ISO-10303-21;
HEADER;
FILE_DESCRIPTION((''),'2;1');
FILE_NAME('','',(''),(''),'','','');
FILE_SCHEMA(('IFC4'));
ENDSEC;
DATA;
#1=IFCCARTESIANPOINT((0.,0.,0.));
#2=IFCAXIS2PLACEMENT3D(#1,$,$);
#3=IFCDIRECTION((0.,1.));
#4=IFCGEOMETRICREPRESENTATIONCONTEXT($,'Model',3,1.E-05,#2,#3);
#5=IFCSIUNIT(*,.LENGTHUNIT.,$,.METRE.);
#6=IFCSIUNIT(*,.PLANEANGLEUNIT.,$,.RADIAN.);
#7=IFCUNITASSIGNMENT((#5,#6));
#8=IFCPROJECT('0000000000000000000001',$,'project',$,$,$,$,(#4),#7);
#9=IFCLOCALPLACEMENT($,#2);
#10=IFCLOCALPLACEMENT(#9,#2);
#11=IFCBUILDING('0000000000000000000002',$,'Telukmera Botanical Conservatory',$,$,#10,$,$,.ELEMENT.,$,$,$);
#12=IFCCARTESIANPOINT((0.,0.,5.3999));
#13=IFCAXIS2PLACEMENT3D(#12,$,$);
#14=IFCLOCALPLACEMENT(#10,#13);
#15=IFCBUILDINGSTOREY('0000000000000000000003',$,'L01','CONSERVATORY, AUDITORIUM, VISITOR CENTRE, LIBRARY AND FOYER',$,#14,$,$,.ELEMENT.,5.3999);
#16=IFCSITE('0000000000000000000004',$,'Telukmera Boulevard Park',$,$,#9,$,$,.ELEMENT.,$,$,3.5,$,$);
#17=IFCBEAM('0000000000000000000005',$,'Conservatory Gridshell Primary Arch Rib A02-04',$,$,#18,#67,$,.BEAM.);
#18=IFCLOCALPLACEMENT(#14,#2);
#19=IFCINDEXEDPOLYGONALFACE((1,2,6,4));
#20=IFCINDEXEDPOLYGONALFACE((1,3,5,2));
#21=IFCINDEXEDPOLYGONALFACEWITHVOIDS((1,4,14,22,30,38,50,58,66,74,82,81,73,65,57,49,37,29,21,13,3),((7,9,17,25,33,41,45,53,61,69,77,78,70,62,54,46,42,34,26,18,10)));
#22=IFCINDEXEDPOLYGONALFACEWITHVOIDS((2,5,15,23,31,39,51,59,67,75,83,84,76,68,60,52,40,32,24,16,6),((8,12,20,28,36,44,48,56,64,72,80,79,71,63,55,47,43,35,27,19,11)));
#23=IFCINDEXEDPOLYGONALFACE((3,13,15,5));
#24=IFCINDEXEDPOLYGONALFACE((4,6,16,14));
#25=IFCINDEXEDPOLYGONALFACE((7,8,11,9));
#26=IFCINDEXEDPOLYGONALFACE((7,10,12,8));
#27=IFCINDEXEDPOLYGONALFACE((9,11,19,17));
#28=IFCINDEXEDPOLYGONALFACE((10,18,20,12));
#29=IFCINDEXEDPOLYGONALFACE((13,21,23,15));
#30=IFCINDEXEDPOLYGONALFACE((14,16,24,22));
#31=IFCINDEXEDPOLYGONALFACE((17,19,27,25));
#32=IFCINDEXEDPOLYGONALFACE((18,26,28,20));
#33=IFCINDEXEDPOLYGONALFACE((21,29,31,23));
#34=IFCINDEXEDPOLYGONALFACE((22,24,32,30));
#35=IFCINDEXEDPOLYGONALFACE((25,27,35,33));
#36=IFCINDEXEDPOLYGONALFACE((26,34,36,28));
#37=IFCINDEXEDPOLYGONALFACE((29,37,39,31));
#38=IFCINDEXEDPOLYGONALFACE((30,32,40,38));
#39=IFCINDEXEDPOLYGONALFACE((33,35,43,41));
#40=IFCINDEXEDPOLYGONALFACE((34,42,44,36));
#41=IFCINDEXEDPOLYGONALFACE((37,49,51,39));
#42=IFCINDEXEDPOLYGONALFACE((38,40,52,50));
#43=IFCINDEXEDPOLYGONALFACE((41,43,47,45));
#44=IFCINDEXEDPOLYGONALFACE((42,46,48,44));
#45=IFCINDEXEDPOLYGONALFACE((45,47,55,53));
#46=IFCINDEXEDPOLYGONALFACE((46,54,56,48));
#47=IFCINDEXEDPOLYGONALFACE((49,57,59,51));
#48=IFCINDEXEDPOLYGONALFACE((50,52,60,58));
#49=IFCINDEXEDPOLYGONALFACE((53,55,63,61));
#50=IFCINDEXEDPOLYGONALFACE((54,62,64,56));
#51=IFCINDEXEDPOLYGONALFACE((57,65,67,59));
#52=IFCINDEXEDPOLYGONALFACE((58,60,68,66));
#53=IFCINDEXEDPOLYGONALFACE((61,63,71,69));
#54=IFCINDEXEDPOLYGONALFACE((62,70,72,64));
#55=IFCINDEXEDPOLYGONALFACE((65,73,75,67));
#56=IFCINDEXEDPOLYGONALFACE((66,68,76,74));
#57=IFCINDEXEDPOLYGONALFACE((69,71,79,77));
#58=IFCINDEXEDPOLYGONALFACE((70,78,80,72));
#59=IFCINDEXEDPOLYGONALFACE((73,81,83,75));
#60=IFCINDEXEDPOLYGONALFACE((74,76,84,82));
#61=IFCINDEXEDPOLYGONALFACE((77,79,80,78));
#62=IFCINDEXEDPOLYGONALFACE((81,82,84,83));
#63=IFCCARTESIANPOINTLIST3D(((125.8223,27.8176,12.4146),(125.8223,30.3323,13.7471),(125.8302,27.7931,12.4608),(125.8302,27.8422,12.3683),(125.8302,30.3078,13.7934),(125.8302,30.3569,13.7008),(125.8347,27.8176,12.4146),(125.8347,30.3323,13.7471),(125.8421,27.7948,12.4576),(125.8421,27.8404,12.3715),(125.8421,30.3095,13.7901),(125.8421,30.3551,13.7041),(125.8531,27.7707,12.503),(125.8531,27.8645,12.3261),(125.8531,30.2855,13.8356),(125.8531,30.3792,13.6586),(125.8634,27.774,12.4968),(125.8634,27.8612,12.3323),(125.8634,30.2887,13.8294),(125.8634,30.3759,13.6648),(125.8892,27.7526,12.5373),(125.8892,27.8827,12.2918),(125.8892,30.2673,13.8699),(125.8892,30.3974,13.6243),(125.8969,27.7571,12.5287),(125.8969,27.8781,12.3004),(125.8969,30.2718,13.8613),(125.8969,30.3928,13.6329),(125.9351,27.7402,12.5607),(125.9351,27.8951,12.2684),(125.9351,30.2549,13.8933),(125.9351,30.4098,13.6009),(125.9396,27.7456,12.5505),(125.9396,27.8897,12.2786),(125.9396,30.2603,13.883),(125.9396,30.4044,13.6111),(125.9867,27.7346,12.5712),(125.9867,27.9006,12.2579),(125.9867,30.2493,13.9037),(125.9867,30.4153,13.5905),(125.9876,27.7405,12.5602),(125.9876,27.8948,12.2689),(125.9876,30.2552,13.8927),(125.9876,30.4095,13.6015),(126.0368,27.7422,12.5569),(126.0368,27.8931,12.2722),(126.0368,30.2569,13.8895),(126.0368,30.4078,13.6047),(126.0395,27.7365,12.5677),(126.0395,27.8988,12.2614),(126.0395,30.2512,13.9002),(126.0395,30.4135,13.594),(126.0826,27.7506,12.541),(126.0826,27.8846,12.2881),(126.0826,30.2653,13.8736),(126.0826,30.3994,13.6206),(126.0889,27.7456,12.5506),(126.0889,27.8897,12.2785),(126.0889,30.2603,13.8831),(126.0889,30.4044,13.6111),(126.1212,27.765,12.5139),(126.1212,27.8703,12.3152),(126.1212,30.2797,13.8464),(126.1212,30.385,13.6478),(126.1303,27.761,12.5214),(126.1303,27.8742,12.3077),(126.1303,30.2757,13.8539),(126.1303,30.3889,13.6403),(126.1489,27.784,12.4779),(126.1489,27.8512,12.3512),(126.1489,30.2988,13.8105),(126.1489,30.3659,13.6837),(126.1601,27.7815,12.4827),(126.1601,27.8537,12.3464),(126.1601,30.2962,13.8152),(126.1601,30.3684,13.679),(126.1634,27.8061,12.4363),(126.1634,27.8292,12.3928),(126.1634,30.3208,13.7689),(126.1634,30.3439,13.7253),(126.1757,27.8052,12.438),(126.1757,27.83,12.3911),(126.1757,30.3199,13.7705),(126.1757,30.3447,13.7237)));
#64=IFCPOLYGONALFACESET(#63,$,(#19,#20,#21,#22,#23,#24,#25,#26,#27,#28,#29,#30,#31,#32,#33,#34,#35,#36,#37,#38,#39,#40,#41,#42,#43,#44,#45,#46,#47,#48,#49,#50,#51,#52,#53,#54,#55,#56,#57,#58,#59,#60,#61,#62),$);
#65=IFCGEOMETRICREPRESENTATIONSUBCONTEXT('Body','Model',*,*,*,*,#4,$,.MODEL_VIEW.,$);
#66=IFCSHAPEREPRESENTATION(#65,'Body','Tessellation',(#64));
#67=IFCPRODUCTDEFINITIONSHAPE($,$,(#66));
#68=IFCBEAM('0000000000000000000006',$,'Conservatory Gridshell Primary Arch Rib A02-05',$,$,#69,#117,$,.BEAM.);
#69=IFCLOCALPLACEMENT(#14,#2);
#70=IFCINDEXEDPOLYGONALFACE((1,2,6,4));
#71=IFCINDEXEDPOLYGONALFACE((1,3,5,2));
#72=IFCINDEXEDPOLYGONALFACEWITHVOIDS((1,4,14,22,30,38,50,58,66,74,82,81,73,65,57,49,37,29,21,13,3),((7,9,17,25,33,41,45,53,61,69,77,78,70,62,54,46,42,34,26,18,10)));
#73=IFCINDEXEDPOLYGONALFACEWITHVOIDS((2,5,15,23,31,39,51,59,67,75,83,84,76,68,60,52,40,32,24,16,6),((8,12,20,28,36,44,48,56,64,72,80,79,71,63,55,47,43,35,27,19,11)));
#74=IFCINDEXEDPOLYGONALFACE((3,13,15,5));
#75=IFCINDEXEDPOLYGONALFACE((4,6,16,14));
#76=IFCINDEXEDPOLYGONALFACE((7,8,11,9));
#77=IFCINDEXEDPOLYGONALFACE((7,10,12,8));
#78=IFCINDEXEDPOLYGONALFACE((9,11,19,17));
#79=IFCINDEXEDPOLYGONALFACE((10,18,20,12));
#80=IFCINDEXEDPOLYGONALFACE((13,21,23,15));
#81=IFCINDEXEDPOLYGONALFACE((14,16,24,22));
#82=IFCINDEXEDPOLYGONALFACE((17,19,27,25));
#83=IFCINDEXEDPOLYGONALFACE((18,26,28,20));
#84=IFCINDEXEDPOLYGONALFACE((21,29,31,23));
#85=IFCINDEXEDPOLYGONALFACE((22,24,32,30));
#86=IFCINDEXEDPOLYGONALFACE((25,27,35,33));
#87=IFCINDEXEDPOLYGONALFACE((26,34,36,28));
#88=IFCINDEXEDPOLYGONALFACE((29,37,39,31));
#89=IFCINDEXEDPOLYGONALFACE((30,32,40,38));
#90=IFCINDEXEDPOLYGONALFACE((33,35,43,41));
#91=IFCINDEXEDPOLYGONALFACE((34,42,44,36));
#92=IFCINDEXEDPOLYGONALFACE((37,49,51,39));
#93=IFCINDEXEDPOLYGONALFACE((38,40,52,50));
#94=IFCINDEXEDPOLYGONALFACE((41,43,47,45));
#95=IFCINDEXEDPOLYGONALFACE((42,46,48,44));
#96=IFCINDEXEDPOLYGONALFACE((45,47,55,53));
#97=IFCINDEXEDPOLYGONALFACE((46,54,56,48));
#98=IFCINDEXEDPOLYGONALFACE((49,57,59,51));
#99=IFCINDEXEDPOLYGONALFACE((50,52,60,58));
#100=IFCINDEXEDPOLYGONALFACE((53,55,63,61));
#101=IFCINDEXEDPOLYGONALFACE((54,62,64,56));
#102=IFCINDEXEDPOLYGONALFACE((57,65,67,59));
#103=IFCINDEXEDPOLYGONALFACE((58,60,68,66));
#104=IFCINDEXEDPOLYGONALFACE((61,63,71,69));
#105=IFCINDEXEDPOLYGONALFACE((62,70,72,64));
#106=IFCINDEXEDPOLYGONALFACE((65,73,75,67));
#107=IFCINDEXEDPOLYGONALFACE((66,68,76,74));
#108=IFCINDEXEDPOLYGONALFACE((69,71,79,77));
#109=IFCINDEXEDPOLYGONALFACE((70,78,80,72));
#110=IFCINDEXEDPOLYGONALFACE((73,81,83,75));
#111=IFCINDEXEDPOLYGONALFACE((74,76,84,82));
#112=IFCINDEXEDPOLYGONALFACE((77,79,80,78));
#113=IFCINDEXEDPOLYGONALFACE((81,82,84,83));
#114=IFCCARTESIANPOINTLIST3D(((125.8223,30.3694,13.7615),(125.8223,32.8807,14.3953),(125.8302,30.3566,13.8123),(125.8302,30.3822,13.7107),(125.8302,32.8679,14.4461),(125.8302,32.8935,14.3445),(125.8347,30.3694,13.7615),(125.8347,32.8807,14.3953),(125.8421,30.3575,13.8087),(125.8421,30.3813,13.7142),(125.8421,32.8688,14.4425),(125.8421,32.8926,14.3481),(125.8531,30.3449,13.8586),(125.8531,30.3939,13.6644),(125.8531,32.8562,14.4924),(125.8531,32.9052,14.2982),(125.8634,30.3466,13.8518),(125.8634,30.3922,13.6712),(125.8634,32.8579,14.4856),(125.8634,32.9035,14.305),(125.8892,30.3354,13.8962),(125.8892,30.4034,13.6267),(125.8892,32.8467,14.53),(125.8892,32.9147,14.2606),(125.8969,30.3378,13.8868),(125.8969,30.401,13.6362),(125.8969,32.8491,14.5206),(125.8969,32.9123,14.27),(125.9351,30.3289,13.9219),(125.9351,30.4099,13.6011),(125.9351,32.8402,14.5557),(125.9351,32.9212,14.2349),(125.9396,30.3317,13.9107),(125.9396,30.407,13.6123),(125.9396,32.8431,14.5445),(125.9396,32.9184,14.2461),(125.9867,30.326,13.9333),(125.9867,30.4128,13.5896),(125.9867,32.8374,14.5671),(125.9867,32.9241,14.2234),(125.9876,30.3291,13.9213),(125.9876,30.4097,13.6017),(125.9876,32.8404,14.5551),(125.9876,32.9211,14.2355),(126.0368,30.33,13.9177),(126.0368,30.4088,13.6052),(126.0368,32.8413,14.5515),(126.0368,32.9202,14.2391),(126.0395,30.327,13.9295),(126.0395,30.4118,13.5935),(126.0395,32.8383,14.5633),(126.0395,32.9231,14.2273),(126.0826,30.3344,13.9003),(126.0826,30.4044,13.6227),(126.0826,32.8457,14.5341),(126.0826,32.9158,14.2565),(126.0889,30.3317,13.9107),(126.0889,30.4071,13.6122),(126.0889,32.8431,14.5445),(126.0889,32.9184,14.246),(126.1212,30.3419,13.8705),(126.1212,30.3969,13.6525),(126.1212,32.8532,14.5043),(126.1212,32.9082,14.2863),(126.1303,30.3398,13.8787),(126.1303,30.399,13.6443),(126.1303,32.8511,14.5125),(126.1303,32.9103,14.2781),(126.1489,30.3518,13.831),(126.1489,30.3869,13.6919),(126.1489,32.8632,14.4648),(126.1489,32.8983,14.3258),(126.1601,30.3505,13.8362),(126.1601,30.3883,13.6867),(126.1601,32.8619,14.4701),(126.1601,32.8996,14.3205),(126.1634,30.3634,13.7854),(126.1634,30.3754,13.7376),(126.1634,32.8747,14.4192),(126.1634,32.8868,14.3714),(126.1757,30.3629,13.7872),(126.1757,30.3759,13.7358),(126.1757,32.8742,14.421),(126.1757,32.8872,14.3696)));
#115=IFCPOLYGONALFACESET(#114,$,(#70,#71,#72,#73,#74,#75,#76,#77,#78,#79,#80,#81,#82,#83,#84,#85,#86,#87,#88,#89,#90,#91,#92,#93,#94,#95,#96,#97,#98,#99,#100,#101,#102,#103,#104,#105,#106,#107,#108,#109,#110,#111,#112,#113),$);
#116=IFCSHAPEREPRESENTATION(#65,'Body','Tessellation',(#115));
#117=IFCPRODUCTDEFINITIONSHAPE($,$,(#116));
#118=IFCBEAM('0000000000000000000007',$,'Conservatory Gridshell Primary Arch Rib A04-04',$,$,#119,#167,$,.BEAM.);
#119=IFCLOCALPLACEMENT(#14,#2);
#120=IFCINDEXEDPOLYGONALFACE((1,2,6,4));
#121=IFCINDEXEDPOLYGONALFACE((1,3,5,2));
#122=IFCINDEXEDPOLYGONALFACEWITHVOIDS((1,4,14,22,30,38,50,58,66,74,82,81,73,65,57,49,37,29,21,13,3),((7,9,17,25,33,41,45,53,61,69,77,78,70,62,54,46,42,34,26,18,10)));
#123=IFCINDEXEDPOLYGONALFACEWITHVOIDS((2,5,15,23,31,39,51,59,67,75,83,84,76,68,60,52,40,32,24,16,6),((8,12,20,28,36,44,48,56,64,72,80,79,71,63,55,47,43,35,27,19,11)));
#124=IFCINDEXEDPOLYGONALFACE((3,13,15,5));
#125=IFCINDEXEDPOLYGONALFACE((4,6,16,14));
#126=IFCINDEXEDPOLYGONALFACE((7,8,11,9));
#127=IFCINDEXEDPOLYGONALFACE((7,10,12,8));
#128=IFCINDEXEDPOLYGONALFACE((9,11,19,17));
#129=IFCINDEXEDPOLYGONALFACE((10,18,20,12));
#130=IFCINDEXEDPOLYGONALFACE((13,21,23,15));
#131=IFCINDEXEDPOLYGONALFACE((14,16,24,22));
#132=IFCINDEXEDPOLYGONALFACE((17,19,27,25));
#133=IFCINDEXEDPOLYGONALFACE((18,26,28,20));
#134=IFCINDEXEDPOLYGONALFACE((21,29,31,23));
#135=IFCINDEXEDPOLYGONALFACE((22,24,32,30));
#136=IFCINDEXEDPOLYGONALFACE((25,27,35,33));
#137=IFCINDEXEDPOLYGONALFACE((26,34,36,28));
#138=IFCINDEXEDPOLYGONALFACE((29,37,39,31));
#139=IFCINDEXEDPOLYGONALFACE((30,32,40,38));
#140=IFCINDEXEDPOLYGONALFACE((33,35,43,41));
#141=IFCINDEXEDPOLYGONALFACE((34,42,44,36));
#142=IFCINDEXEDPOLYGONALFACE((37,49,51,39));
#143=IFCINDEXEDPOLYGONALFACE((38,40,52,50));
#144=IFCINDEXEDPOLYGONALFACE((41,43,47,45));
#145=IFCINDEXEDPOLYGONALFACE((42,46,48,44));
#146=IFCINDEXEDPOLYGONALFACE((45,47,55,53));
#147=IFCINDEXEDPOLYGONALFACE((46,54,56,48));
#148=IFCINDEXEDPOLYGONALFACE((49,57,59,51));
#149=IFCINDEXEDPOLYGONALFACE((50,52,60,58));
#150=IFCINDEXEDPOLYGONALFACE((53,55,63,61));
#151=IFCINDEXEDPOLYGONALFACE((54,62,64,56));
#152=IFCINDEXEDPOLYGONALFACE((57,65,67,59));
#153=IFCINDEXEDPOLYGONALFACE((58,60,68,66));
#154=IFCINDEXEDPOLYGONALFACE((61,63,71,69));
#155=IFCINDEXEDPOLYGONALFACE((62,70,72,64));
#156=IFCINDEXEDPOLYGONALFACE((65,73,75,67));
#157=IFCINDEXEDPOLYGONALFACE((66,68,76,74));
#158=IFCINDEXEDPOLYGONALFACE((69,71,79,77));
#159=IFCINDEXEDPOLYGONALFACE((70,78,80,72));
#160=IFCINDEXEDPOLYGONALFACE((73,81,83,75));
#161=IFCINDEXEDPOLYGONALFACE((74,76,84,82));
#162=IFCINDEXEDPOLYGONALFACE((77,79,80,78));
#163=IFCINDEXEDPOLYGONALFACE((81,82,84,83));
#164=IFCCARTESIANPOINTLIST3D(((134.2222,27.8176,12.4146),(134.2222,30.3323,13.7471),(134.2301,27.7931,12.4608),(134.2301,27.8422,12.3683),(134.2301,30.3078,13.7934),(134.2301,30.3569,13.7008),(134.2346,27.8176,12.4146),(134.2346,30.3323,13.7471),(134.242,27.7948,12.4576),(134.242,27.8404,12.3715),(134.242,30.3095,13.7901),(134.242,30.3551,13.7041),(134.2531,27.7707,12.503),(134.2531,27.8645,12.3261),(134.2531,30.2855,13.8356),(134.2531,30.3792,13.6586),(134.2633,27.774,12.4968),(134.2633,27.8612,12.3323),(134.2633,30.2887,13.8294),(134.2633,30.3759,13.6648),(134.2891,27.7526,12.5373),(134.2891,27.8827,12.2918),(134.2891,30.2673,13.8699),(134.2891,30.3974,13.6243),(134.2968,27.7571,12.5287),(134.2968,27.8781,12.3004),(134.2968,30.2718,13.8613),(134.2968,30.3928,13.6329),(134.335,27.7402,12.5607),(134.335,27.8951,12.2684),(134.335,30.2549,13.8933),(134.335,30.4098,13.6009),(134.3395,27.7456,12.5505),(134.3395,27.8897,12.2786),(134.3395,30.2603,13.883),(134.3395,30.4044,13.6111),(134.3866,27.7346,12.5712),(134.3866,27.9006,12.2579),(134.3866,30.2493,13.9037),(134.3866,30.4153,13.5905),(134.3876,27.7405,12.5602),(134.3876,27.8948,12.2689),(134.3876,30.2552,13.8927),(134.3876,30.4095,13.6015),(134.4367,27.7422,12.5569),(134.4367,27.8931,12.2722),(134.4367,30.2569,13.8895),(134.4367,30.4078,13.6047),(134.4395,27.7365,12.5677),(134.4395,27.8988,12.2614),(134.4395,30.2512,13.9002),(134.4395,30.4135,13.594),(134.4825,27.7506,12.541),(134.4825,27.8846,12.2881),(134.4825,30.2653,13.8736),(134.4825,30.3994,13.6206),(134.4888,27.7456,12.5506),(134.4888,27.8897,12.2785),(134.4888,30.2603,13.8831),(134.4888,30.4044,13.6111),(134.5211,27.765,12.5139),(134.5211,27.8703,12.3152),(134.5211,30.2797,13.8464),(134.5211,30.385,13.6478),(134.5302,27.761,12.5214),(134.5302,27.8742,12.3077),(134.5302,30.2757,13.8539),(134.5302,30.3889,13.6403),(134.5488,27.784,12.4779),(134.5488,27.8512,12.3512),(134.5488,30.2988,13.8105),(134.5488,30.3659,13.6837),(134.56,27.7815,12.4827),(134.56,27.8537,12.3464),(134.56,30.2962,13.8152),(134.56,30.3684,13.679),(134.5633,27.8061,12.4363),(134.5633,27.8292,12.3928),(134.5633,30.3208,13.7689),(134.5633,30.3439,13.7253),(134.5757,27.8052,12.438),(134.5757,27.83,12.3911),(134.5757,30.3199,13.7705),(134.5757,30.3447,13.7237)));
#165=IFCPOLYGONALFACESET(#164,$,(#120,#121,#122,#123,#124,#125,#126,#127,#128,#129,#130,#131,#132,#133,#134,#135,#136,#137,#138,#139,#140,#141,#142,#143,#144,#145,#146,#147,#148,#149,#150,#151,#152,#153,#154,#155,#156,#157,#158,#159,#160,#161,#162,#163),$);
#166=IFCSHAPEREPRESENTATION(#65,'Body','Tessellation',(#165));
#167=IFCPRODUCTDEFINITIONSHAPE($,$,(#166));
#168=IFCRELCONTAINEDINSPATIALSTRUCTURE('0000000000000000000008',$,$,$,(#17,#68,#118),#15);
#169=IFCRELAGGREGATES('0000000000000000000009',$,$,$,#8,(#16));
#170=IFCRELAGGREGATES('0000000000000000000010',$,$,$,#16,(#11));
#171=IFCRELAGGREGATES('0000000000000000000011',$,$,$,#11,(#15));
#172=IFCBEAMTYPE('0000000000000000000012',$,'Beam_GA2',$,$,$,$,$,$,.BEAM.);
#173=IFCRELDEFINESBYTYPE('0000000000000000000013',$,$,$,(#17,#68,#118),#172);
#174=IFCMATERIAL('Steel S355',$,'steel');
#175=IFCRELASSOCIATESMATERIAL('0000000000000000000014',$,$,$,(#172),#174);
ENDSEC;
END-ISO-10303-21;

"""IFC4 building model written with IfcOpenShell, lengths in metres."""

from ifc_helpers import new_model, si_unit, direction, frame, origin, origin_2d, place, context, subcontext, project, spatial, hollow_circle, extrude, material, material_profile, profile_set, type_object, element, save


model = new_model("IFC4")

# Units and contexts
model_context = context("Model", 3, precision=1e-05, world=origin(), true_north=direction((0.0, 1.0)))
body_context = subcontext(model_context, "Body", "Model", "MODEL_VIEW")
ifc_project = project(units=[si_unit("LENGTHUNIT", "METRE"), si_unit("PLANEANGLEUNIT", "RADIAN")], contexts=[model_context])

# Site, building, storey
site_placement = place(None, origin())
site = spatial("IfcSite", under=ifc_project, at=site_placement, Name="Telukmera Boulevard Park", CompositionType="ELEMENT", RefElevation=3.5)
building_placement = place(site_placement, origin())
building = spatial("IfcBuilding", under=site, at=building_placement, Name="Telukmera Botanical Conservatory", CompositionType="ELEMENT")
storey_placement = place(building_placement, frame((0.0, 0.0, 5.3999)))
storey = spatial("IfcBuildingStorey", under=building, at=storey_placement, Name="L01", Description="CONSERVATORY, AUDITORIUM, VISITOR CENTRE, LIBRARY AND FOYER", CompositionType="ELEMENT", Elevation=5.3999)

# Beams
ifc_material = material(Name="Steel S355", Category="steel")
ifc_material_profile_1 = material_profile(ifc_material, hollow_circle(Radius=0.1777, WallThickness=0.0125, at=origin_2d()), Name="CHS 355.6x12.5")
ifc_profile_set_1 = profile_set([ifc_material_profile_1], Name="Steel S355")
beam_type = type_object("IfcBeamType", Name="Beam_GA2", PredefinedType="BEAM", material=ifc_profile_set_1)
beam_1_placement = place(storey_placement, frame((126.0, 27.8176, 12.4146), z_axis=(0.0, 0.883608, 0.468227), x_axis=(-1.0, 0.0, 0.0)))
element("IfcBeam", 1, at=beam_1_placement, inside=storey, type_object=beam_type, Name="Conservatory Gridshell Primary Arch Rib A02-04", PredefinedType="BEAM", context=body_context, shape_type="SweptSolid", body=[
    extrude(hollow_circle(Radius=0.1777, WallThickness=0.0125, at=origin_2d()), origin(), (0.0, 0.0, 1.0), 2.8459),
])
beam_2_placement = place(storey_placement, frame((126.0, 30.3694, 13.7615), z_axis=(0.0, 0.969597, 0.244709), x_axis=(-1.0, 0.0, 0.0)))
element("IfcBeam", 2, at=beam_2_placement, inside=storey, type_object=beam_type, Name="Conservatory Gridshell Primary Arch Rib A02-05", PredefinedType="BEAM", context=body_context, shape_type="SweptSolid", body=[
    extrude(hollow_circle(Radius=0.1777, WallThickness=0.0125, at=origin_2d()), origin(), (0.0, 0.0, 1.0), 2.5901),
])
beam_3_placement = place(storey_placement, frame((134.3999, 27.8176, 12.4146), z_axis=(0.0, 0.883608, 0.468227), x_axis=(-1.0, 0.0, 0.0)))
element("IfcBeam", 3, at=beam_3_placement, inside=storey, type_object=beam_type, Name="Conservatory Gridshell Primary Arch Rib A04-04", PredefinedType="BEAM", context=body_context, shape_type="SweptSolid", body=[
    extrude(hollow_circle(Radius=0.1777, WallThickness=0.0125, at=origin_2d()), origin(), (0.0, 0.0, 1.0), 2.8459),
])

save(model, "model.ifc")
